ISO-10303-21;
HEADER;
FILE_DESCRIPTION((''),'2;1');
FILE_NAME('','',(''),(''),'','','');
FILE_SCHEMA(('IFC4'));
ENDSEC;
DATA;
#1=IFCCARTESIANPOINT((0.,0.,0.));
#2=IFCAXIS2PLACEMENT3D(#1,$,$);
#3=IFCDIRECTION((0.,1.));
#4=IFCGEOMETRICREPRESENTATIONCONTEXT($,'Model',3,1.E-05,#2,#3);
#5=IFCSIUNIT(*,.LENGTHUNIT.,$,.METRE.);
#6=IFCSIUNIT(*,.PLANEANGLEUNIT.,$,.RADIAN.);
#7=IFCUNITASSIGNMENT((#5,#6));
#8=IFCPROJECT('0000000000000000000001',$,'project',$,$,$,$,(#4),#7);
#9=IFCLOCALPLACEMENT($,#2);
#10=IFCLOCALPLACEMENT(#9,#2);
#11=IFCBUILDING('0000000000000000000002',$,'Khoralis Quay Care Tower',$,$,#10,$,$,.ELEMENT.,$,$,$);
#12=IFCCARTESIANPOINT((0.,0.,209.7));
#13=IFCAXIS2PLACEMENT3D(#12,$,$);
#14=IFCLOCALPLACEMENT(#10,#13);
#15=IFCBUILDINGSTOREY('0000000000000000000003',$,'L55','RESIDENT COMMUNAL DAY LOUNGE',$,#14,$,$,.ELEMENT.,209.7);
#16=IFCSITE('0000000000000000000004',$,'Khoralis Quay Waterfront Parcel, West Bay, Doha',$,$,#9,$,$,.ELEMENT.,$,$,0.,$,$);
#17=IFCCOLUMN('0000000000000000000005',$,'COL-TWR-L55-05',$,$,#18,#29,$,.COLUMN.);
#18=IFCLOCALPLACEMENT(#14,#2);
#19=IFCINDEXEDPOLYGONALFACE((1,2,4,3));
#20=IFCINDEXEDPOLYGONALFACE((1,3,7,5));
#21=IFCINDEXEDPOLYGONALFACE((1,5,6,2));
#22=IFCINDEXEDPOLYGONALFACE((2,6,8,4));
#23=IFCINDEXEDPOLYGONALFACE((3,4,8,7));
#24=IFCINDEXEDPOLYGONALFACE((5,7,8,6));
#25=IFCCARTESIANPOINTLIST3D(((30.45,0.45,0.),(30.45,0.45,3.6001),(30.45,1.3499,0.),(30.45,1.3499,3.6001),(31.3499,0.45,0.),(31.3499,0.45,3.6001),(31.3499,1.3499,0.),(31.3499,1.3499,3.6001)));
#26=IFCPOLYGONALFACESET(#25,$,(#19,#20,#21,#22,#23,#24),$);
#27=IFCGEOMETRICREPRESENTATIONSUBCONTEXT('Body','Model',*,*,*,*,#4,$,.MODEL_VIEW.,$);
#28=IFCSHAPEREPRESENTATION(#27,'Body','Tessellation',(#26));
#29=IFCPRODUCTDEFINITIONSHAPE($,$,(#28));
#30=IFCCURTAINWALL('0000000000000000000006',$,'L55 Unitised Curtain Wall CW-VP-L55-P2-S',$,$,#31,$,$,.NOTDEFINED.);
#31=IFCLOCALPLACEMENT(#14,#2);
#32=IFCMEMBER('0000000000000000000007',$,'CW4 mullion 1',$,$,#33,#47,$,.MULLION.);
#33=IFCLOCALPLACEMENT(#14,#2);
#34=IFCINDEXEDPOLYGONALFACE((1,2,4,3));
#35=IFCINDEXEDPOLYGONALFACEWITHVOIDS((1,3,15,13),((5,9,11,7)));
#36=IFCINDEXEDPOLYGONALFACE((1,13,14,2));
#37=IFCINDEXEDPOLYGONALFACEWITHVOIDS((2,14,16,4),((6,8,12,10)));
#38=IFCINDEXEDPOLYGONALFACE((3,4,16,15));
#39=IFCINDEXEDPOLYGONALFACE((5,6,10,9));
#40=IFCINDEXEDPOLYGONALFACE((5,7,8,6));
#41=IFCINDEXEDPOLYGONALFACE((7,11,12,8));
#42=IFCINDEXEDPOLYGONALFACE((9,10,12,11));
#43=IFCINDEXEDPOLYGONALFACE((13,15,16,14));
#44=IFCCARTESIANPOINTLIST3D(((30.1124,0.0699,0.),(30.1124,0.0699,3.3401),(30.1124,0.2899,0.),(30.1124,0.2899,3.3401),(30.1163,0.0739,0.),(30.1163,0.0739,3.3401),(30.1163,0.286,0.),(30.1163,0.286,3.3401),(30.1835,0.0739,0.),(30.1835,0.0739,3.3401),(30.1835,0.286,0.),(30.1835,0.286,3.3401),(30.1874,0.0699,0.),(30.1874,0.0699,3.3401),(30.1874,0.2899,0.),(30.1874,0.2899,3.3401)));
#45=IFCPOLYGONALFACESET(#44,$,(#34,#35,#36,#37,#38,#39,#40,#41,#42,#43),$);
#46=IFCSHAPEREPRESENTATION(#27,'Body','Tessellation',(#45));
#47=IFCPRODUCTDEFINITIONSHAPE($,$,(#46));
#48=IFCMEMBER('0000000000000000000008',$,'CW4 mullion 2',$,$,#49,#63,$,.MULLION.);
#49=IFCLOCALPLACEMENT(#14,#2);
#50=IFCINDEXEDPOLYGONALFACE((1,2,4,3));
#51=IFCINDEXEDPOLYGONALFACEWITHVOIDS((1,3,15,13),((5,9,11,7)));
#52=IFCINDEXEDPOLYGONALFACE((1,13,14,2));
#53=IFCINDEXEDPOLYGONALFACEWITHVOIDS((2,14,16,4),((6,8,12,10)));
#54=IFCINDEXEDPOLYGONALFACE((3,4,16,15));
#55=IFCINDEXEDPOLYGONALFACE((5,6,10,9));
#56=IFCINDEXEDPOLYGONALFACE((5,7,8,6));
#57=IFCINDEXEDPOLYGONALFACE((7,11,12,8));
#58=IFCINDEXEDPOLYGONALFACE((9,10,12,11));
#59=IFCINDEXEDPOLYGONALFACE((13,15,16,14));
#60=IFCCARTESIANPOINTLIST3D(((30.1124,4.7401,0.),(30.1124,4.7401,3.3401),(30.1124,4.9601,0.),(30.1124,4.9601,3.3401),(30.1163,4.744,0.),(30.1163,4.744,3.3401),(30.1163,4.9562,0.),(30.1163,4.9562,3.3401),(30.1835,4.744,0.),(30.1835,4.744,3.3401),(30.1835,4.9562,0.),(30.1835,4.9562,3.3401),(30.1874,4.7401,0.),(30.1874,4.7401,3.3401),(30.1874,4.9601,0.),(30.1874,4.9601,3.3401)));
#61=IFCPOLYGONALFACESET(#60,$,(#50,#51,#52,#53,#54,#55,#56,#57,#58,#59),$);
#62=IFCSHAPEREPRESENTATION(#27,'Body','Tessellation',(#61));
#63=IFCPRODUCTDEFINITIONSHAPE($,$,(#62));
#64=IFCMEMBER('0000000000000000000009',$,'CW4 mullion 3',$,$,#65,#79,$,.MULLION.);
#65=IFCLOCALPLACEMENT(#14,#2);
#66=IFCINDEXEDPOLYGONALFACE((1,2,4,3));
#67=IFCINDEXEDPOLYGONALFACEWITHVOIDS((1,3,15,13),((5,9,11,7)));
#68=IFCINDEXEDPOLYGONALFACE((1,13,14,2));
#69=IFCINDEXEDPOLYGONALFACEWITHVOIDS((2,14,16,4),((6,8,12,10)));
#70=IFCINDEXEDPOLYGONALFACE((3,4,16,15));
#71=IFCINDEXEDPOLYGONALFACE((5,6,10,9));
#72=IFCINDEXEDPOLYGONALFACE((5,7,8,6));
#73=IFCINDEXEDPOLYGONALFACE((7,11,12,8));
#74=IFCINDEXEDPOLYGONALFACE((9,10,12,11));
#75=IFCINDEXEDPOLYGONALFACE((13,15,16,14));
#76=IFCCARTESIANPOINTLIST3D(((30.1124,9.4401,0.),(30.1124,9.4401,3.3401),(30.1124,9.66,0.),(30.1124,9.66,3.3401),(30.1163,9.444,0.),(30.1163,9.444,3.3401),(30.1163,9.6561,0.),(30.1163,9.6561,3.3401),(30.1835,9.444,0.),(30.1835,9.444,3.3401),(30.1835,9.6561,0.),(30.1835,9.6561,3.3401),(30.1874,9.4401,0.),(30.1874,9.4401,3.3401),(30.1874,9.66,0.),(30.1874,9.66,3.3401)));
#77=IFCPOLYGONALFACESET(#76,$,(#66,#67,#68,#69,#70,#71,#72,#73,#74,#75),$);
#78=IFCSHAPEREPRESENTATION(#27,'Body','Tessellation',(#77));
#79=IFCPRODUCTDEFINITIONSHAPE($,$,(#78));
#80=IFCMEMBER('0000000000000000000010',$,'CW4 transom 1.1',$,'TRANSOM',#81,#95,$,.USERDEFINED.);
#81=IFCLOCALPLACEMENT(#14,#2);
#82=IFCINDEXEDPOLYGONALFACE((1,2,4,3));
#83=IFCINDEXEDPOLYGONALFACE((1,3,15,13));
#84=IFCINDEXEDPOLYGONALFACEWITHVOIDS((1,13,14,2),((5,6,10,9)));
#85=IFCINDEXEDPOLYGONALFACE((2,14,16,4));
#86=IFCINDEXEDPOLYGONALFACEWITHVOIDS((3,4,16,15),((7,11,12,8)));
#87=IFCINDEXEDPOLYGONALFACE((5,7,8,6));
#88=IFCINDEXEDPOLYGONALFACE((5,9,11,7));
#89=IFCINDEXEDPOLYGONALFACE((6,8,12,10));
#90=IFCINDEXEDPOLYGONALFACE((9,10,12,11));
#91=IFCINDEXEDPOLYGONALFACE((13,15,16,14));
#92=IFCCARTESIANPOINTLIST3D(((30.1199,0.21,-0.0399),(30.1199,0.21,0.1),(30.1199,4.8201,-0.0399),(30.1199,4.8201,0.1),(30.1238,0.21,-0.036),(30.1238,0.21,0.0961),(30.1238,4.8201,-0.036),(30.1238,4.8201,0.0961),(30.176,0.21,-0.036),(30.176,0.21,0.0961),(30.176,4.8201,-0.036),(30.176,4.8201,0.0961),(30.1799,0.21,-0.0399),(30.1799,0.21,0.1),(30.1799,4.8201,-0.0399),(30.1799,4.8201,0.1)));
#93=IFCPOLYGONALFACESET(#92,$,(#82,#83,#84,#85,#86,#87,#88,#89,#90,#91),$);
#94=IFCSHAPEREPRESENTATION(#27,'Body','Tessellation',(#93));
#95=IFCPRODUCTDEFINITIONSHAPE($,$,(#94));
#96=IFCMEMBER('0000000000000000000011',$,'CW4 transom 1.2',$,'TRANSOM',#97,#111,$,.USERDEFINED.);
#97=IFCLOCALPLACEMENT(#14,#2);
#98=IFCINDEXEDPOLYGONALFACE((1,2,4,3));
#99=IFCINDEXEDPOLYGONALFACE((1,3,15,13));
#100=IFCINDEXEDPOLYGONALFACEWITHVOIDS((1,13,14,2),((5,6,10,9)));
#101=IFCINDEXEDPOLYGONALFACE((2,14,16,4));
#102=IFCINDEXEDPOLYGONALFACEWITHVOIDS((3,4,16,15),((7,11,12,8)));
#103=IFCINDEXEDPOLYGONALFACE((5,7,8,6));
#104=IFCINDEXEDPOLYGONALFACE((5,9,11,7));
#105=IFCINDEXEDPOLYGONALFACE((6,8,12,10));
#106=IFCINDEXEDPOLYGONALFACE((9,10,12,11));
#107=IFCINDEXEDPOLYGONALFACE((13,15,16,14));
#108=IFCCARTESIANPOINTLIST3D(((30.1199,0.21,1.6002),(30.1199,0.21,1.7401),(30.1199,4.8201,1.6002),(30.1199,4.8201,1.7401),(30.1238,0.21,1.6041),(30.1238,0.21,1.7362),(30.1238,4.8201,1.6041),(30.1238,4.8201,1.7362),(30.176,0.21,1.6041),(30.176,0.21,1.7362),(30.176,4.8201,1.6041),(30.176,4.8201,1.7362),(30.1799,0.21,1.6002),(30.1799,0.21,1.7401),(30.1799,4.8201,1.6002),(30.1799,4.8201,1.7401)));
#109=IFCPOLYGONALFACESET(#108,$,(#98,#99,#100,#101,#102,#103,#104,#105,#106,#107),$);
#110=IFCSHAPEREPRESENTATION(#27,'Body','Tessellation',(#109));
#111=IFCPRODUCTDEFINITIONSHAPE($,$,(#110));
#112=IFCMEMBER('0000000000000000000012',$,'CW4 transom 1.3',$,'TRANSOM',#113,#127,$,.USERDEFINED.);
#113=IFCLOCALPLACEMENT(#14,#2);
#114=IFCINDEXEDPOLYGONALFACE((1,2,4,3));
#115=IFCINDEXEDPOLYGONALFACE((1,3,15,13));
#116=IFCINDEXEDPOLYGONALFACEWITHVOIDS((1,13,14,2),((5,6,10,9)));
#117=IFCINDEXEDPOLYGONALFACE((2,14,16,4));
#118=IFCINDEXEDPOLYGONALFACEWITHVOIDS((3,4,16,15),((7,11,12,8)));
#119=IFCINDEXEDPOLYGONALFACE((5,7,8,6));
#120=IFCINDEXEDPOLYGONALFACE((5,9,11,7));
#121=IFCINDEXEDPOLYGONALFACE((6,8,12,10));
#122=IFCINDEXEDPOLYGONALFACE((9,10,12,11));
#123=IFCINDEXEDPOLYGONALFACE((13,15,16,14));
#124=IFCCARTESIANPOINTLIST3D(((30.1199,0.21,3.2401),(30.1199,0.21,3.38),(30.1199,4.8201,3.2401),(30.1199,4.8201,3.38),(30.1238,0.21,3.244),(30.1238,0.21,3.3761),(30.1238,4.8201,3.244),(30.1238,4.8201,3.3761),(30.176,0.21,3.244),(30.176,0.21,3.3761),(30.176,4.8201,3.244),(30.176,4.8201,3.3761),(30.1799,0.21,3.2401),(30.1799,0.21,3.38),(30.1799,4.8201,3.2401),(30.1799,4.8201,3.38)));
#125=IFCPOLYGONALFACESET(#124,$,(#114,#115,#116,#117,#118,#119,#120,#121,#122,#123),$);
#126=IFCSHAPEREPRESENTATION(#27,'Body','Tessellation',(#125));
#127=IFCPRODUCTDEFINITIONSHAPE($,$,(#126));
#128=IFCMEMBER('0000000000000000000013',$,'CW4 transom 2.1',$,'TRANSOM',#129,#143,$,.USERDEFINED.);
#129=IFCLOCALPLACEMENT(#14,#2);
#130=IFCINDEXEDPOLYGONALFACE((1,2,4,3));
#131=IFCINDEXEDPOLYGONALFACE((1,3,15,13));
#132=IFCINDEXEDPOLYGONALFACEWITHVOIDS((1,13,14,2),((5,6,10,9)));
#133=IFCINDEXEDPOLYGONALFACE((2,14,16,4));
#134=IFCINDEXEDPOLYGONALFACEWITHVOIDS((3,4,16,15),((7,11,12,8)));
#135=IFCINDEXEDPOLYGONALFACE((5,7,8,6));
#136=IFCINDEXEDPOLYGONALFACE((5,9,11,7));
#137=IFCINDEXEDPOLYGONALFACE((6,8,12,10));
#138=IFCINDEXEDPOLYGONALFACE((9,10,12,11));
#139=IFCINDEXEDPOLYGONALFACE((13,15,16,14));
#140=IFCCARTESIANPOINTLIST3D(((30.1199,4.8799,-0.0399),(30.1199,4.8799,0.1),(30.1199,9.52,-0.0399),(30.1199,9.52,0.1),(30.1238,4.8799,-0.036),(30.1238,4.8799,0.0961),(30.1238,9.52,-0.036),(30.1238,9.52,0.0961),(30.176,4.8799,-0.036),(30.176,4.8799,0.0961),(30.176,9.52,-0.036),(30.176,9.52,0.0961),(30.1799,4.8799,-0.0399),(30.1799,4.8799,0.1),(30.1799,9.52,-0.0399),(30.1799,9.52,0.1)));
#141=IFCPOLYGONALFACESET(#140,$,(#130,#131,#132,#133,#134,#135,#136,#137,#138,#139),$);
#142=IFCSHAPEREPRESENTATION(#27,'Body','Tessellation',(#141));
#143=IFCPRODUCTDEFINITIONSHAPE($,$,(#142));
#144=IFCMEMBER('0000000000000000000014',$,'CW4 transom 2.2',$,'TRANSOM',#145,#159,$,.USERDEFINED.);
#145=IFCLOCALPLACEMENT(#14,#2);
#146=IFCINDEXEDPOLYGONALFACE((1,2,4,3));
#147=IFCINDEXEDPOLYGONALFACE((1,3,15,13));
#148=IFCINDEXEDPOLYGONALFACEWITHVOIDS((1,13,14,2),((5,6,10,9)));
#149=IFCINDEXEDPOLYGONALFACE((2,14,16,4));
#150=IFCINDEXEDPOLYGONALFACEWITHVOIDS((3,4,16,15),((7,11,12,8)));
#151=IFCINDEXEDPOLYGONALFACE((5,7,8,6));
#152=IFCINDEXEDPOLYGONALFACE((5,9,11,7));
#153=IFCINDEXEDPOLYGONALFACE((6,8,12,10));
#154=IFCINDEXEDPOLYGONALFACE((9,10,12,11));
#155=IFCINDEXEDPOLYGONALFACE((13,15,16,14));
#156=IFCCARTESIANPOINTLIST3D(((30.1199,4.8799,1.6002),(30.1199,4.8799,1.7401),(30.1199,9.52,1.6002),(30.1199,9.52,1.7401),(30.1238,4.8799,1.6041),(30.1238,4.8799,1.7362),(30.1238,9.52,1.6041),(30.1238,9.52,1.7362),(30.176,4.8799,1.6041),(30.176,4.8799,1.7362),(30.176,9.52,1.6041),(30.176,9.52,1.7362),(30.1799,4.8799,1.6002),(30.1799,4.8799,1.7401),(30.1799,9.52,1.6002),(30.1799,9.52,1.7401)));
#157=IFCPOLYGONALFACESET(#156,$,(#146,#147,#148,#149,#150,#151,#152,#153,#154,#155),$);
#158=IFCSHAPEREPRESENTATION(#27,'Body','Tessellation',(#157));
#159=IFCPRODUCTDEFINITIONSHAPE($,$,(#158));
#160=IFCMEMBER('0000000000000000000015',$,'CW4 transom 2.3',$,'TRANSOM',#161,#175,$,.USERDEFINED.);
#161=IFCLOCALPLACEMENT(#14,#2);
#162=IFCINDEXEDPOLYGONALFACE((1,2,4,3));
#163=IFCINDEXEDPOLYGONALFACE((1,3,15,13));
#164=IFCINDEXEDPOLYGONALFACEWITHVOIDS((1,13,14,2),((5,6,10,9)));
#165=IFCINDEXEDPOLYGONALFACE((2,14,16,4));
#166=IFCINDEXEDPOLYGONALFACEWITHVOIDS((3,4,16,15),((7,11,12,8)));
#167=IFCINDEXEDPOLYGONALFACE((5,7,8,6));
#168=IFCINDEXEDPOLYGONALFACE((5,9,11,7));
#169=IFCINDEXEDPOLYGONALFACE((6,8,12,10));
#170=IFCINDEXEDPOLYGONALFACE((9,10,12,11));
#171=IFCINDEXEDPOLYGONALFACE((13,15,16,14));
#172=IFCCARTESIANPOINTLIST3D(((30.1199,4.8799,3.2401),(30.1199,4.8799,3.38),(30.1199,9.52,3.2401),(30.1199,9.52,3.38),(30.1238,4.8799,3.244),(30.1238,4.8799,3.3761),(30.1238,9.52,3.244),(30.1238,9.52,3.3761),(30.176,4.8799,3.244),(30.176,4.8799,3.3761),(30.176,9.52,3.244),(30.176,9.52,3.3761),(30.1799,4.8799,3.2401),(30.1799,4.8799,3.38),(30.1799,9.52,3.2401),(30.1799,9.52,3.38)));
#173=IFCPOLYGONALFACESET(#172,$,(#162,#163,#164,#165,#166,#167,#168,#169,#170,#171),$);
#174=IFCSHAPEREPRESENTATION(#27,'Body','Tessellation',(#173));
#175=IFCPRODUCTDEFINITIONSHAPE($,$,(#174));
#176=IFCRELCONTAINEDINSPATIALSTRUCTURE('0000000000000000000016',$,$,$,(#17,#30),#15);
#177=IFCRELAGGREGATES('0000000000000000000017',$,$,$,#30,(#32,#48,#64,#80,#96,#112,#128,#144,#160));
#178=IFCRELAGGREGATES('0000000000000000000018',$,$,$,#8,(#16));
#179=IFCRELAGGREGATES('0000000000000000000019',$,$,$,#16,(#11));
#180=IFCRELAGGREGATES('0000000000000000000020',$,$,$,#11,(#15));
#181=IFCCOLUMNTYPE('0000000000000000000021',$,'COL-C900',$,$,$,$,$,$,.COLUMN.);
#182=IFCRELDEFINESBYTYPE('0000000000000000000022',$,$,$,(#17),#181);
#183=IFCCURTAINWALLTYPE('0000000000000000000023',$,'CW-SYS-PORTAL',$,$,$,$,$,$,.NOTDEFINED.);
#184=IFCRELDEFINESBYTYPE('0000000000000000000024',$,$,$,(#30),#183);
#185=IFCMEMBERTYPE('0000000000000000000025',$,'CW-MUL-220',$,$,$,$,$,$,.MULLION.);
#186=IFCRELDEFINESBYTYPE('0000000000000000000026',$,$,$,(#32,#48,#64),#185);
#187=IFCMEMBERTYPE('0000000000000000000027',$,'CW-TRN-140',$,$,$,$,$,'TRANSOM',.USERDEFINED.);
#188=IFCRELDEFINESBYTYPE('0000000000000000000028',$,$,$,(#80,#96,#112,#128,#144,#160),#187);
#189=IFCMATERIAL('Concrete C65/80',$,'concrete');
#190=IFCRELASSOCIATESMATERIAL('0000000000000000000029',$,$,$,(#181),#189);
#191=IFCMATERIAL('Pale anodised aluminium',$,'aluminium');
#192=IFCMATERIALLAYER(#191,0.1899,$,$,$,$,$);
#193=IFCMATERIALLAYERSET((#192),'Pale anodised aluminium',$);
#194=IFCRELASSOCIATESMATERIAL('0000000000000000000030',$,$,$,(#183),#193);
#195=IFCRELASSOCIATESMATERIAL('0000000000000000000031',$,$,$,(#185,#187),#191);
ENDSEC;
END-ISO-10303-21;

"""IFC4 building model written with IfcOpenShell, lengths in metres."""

from ifc_helpers import new_model, si_unit, direction, frame, origin, origin_2d, place, context, subcontext, project, spatial, rectangle, hollow_rectangle, extrude, source, transform, mapped, material, layer, layer_set, material_profile, profile_set, type_object, element, aggregate, save


model = new_model("IFC4")

# Units and contexts
model_context = context("Model", 3, precision=1e-05, world=origin(), true_north=direction((0.0, 1.0)))
body_context = subcontext(model_context, "Body", "Model", "MODEL_VIEW")
ifc_project = project(units=[si_unit("LENGTHUNIT", "METRE"), si_unit("PLANEANGLEUNIT", "RADIAN")], contexts=[model_context])

# Site, building, storey
site_placement = place(None, origin())
site = spatial("IfcSite", under=ifc_project, at=site_placement, Name="Khoralis Quay Waterfront Parcel, West Bay, Doha", CompositionType="ELEMENT", RefElevation=0.0)
building_placement = place(site_placement, origin())
building = spatial("IfcBuilding", under=site, at=building_placement, Name="Khoralis Quay Care Tower", CompositionType="ELEMENT")
storey_placement = place(building_placement, frame((0.0, 0.0, 209.7)))
storey = spatial("IfcBuildingStorey", under=building, at=storey_placement, Name="L55", Description="RESIDENT COMMUNAL DAY LOUNGE", CompositionType="ELEMENT", Elevation=209.7)

# Column
ifc_material_1 = material(Name="Concrete C65/80", Category="concrete")
ifc_material_profile_1 = material_profile(ifc_material_1, rectangle(XDim=0.8999, YDim=0.8999, at=origin_2d()), Name="Concrete C65/80")
ifc_profile_set_1 = profile_set([ifc_material_profile_1], Name="Concrete C65/80")
column_type = type_object("IfcColumnType", Name="COL-C900", PredefinedType="COLUMN", material=ifc_profile_set_1)
shared_shape_1 = source(origin(), body_context, "Body", "SweptSolid", [
    extrude(rectangle(XDim=0.8999, YDim=0.8999, at=origin_2d()), origin(), (0.0, 0.0, 1.0), 3.6001),
])
column_placement = place(storey_placement, frame((30.8999, 0.8999, 0.0), z_axis=(0.0, 0.0, 1.0), x_axis=(1.0, 0.0, 0.0)))
element("IfcColumn", 1, at=column_placement, inside=storey, type_object=column_type, Name="COL-TWR-L55-05", PredefinedType="COLUMN", context=body_context, shape_type="MappedRepresentation", body=[
    mapped(shared_shape_1, transform((0.0, 0.0, 0.0), scale=1.0)),
])

# Curtain wall, members
ifc_material_2 = material(Name="Pale anodised aluminium", Category="aluminium")
ifc_layer_1 = layer(ifc_material_2, 0.1899)
ifc_layer_set_1 = layer_set([ifc_layer_1], Name="Pale anodised aluminium")
curtain_wall_type = type_object("IfcCurtainWallType", Name="CW-SYS-PORTAL", PredefinedType="NOTDEFINED", material=ifc_layer_set_1)
curtain_wall_placement = place(storey_placement, origin())
curtain_wall = element("IfcCurtainWall", 2, at=curtain_wall_placement, inside=storey, type_object=curtain_wall_type, Name="L55 Unitised Curtain Wall CW-VP-L55-P2-S", PredefinedType="NOTDEFINED")
ifc_material_profile_2 = material_profile(ifc_material_2, hollow_rectangle(XDim=0.075, YDim=0.22, WallThickness=0.0039, at=origin_2d()), Name="Pale anodised aluminium")
ifc_profile_set_2 = profile_set([ifc_material_profile_2], Name="Pale anodised aluminium")
member_type_1 = type_object("IfcMemberType", Name="CW-MUL-220", PredefinedType="MULLION", material=ifc_profile_set_2)
shared_shape_2 = source(origin(), body_context, "Body", "SweptSolid", [
    extrude(hollow_rectangle(XDim=0.075, YDim=0.22, WallThickness=0.0039, at=origin_2d()), origin(), (0.0, 0.0, 1.0), 3.3401),
])
member_1_placement = place(storey_placement, frame((30.1499, 0.1799, 0.0), z_axis=(0.0, 0.0, 1.0), x_axis=(-1.0, 0.0, 0.0)))
member_1 = element("IfcMember", 3, at=member_1_placement, type_object=member_type_1, Name="CW4 mullion 1", PredefinedType="MULLION", context=body_context, shape_type="MappedRepresentation", body=[
    mapped(shared_shape_2, transform((0.0, 0.0, 0.0), scale=1.0)),
])
member_2_placement = place(storey_placement, frame((30.1499, 4.8501, 0.0), z_axis=(0.0, 0.0, 1.0), x_axis=(-1.0, 0.0, 0.0)))
member_2 = element("IfcMember", 4, at=member_2_placement, type_object=member_type_1, Name="CW4 mullion 2", PredefinedType="MULLION", context=body_context, shape_type="MappedRepresentation", body=[
    mapped(shared_shape_2, transform((0.0, 0.0, 0.0), scale=1.0)),
])
member_3_placement = place(storey_placement, frame((30.1499, 9.55, 0.0), z_axis=(0.0, 0.0, 1.0), x_axis=(-1.0, 0.0, 0.0)))
member_3 = element("IfcMember", 5, at=member_3_placement, type_object=member_type_1, Name="CW4 mullion 3", PredefinedType="MULLION", context=body_context, shape_type="MappedRepresentation", body=[
    mapped(shared_shape_2, transform((0.0, 0.0, 0.0), scale=1.0)),
])
ifc_material_profile_3 = material_profile(ifc_material_2, hollow_rectangle(XDim=0.0601, YDim=0.1399, WallThickness=0.0039, at=origin_2d()), Name="Pale anodised aluminium")
ifc_profile_set_3 = profile_set([ifc_material_profile_3], Name="Pale anodised aluminium")
member_type_2 = type_object("IfcMemberType", Name="CW-TRN-140", ElementType="TRANSOM", PredefinedType="USERDEFINED", material=ifc_profile_set_3)
shared_shape_3 = source(origin(), body_context, "Body", "SweptSolid", [
    extrude(hollow_rectangle(XDim=0.0601, YDim=0.1399, WallThickness=0.0039, at=origin_2d()), origin(), (0.0, 0.0, 1.0), 4.6101),
])
member_4_placement = place(storey_placement, frame((30.1499, 0.21, 0.03), z_axis=(0.0, 1.0, 0.0), x_axis=(-1.0, 0.0, 0.0)))
member_4 = element("IfcMember", 6, at=member_4_placement, type_object=member_type_2, Name="CW4 transom 1.1", ObjectType="TRANSOM", PredefinedType="USERDEFINED", context=body_context, shape_type="MappedRepresentation", body=[
    mapped(shared_shape_3, transform((0.0, 0.0, 0.0), scale=1.0)),
])
member_5_placement = place(storey_placement, frame((30.1499, 0.21, 1.6702), z_axis=(0.0, 1.0, 0.0), x_axis=(-1.0, 0.0, 0.0)))
member_5 = element("IfcMember", 7, at=member_5_placement, type_object=member_type_2, Name="CW4 transom 1.2", ObjectType="TRANSOM", PredefinedType="USERDEFINED", context=body_context, shape_type="MappedRepresentation", body=[
    mapped(shared_shape_3, transform((0.0, 0.0, 0.0), scale=1.0)),
])
member_6_placement = place(storey_placement, frame((30.1499, 0.21, 3.3101), z_axis=(0.0, 1.0, 0.0), x_axis=(-1.0, 0.0, 0.0)))
member_6 = element("IfcMember", 8, at=member_6_placement, type_object=member_type_2, Name="CW4 transom 1.3", ObjectType="TRANSOM", PredefinedType="USERDEFINED", context=body_context, shape_type="MappedRepresentation", body=[
    mapped(shared_shape_3, transform((0.0, 0.0, 0.0), scale=1.0)),
])
shared_shape_4 = source(origin(), body_context, "Body", "SweptSolid", [
    extrude(hollow_rectangle(XDim=0.0601, YDim=0.1399, WallThickness=0.0039, at=origin_2d()), origin(), (0.0, 0.0, 1.0), 4.6401),
])
member_7_placement = place(storey_placement, frame((30.1499, 4.8799, 0.03), z_axis=(0.0, 1.0, 0.0), x_axis=(-1.0, 0.0, 0.0)))
member_7 = element("IfcMember", 9, at=member_7_placement, type_object=member_type_2, Name="CW4 transom 2.1", ObjectType="TRANSOM", PredefinedType="USERDEFINED", context=body_context, shape_type="MappedRepresentation", body=[
    mapped(shared_shape_4, transform((0.0, 0.0, 0.0), scale=1.0)),
])
member_8_placement = place(storey_placement, frame((30.1499, 4.8799, 1.6702), z_axis=(0.0, 1.0, 0.0), x_axis=(-1.0, 0.0, 0.0)))
member_8 = element("IfcMember", 10, at=member_8_placement, type_object=member_type_2, Name="CW4 transom 2.2", ObjectType="TRANSOM", PredefinedType="USERDEFINED", context=body_context, shape_type="MappedRepresentation", body=[
    mapped(shared_shape_4, transform((0.0, 0.0, 0.0), scale=1.0)),
])
member_9_placement = place(storey_placement, frame((30.1499, 4.8799, 3.3101), z_axis=(0.0, 1.0, 0.0), x_axis=(-1.0, 0.0, 0.0)))
member_9 = element("IfcMember", 11, at=member_9_placement, type_object=member_type_2, Name="CW4 transom 2.3", ObjectType="TRANSOM", PredefinedType="USERDEFINED", context=body_context, shape_type="MappedRepresentation", body=[
    mapped(shared_shape_4, transform((0.0, 0.0, 0.0), scale=1.0)),
])
aggregate(curtain_wall, [member_1, member_2, member_3, member_4, member_5, member_6, member_7, member_8, member_9])

save(model, "model.ifc")
